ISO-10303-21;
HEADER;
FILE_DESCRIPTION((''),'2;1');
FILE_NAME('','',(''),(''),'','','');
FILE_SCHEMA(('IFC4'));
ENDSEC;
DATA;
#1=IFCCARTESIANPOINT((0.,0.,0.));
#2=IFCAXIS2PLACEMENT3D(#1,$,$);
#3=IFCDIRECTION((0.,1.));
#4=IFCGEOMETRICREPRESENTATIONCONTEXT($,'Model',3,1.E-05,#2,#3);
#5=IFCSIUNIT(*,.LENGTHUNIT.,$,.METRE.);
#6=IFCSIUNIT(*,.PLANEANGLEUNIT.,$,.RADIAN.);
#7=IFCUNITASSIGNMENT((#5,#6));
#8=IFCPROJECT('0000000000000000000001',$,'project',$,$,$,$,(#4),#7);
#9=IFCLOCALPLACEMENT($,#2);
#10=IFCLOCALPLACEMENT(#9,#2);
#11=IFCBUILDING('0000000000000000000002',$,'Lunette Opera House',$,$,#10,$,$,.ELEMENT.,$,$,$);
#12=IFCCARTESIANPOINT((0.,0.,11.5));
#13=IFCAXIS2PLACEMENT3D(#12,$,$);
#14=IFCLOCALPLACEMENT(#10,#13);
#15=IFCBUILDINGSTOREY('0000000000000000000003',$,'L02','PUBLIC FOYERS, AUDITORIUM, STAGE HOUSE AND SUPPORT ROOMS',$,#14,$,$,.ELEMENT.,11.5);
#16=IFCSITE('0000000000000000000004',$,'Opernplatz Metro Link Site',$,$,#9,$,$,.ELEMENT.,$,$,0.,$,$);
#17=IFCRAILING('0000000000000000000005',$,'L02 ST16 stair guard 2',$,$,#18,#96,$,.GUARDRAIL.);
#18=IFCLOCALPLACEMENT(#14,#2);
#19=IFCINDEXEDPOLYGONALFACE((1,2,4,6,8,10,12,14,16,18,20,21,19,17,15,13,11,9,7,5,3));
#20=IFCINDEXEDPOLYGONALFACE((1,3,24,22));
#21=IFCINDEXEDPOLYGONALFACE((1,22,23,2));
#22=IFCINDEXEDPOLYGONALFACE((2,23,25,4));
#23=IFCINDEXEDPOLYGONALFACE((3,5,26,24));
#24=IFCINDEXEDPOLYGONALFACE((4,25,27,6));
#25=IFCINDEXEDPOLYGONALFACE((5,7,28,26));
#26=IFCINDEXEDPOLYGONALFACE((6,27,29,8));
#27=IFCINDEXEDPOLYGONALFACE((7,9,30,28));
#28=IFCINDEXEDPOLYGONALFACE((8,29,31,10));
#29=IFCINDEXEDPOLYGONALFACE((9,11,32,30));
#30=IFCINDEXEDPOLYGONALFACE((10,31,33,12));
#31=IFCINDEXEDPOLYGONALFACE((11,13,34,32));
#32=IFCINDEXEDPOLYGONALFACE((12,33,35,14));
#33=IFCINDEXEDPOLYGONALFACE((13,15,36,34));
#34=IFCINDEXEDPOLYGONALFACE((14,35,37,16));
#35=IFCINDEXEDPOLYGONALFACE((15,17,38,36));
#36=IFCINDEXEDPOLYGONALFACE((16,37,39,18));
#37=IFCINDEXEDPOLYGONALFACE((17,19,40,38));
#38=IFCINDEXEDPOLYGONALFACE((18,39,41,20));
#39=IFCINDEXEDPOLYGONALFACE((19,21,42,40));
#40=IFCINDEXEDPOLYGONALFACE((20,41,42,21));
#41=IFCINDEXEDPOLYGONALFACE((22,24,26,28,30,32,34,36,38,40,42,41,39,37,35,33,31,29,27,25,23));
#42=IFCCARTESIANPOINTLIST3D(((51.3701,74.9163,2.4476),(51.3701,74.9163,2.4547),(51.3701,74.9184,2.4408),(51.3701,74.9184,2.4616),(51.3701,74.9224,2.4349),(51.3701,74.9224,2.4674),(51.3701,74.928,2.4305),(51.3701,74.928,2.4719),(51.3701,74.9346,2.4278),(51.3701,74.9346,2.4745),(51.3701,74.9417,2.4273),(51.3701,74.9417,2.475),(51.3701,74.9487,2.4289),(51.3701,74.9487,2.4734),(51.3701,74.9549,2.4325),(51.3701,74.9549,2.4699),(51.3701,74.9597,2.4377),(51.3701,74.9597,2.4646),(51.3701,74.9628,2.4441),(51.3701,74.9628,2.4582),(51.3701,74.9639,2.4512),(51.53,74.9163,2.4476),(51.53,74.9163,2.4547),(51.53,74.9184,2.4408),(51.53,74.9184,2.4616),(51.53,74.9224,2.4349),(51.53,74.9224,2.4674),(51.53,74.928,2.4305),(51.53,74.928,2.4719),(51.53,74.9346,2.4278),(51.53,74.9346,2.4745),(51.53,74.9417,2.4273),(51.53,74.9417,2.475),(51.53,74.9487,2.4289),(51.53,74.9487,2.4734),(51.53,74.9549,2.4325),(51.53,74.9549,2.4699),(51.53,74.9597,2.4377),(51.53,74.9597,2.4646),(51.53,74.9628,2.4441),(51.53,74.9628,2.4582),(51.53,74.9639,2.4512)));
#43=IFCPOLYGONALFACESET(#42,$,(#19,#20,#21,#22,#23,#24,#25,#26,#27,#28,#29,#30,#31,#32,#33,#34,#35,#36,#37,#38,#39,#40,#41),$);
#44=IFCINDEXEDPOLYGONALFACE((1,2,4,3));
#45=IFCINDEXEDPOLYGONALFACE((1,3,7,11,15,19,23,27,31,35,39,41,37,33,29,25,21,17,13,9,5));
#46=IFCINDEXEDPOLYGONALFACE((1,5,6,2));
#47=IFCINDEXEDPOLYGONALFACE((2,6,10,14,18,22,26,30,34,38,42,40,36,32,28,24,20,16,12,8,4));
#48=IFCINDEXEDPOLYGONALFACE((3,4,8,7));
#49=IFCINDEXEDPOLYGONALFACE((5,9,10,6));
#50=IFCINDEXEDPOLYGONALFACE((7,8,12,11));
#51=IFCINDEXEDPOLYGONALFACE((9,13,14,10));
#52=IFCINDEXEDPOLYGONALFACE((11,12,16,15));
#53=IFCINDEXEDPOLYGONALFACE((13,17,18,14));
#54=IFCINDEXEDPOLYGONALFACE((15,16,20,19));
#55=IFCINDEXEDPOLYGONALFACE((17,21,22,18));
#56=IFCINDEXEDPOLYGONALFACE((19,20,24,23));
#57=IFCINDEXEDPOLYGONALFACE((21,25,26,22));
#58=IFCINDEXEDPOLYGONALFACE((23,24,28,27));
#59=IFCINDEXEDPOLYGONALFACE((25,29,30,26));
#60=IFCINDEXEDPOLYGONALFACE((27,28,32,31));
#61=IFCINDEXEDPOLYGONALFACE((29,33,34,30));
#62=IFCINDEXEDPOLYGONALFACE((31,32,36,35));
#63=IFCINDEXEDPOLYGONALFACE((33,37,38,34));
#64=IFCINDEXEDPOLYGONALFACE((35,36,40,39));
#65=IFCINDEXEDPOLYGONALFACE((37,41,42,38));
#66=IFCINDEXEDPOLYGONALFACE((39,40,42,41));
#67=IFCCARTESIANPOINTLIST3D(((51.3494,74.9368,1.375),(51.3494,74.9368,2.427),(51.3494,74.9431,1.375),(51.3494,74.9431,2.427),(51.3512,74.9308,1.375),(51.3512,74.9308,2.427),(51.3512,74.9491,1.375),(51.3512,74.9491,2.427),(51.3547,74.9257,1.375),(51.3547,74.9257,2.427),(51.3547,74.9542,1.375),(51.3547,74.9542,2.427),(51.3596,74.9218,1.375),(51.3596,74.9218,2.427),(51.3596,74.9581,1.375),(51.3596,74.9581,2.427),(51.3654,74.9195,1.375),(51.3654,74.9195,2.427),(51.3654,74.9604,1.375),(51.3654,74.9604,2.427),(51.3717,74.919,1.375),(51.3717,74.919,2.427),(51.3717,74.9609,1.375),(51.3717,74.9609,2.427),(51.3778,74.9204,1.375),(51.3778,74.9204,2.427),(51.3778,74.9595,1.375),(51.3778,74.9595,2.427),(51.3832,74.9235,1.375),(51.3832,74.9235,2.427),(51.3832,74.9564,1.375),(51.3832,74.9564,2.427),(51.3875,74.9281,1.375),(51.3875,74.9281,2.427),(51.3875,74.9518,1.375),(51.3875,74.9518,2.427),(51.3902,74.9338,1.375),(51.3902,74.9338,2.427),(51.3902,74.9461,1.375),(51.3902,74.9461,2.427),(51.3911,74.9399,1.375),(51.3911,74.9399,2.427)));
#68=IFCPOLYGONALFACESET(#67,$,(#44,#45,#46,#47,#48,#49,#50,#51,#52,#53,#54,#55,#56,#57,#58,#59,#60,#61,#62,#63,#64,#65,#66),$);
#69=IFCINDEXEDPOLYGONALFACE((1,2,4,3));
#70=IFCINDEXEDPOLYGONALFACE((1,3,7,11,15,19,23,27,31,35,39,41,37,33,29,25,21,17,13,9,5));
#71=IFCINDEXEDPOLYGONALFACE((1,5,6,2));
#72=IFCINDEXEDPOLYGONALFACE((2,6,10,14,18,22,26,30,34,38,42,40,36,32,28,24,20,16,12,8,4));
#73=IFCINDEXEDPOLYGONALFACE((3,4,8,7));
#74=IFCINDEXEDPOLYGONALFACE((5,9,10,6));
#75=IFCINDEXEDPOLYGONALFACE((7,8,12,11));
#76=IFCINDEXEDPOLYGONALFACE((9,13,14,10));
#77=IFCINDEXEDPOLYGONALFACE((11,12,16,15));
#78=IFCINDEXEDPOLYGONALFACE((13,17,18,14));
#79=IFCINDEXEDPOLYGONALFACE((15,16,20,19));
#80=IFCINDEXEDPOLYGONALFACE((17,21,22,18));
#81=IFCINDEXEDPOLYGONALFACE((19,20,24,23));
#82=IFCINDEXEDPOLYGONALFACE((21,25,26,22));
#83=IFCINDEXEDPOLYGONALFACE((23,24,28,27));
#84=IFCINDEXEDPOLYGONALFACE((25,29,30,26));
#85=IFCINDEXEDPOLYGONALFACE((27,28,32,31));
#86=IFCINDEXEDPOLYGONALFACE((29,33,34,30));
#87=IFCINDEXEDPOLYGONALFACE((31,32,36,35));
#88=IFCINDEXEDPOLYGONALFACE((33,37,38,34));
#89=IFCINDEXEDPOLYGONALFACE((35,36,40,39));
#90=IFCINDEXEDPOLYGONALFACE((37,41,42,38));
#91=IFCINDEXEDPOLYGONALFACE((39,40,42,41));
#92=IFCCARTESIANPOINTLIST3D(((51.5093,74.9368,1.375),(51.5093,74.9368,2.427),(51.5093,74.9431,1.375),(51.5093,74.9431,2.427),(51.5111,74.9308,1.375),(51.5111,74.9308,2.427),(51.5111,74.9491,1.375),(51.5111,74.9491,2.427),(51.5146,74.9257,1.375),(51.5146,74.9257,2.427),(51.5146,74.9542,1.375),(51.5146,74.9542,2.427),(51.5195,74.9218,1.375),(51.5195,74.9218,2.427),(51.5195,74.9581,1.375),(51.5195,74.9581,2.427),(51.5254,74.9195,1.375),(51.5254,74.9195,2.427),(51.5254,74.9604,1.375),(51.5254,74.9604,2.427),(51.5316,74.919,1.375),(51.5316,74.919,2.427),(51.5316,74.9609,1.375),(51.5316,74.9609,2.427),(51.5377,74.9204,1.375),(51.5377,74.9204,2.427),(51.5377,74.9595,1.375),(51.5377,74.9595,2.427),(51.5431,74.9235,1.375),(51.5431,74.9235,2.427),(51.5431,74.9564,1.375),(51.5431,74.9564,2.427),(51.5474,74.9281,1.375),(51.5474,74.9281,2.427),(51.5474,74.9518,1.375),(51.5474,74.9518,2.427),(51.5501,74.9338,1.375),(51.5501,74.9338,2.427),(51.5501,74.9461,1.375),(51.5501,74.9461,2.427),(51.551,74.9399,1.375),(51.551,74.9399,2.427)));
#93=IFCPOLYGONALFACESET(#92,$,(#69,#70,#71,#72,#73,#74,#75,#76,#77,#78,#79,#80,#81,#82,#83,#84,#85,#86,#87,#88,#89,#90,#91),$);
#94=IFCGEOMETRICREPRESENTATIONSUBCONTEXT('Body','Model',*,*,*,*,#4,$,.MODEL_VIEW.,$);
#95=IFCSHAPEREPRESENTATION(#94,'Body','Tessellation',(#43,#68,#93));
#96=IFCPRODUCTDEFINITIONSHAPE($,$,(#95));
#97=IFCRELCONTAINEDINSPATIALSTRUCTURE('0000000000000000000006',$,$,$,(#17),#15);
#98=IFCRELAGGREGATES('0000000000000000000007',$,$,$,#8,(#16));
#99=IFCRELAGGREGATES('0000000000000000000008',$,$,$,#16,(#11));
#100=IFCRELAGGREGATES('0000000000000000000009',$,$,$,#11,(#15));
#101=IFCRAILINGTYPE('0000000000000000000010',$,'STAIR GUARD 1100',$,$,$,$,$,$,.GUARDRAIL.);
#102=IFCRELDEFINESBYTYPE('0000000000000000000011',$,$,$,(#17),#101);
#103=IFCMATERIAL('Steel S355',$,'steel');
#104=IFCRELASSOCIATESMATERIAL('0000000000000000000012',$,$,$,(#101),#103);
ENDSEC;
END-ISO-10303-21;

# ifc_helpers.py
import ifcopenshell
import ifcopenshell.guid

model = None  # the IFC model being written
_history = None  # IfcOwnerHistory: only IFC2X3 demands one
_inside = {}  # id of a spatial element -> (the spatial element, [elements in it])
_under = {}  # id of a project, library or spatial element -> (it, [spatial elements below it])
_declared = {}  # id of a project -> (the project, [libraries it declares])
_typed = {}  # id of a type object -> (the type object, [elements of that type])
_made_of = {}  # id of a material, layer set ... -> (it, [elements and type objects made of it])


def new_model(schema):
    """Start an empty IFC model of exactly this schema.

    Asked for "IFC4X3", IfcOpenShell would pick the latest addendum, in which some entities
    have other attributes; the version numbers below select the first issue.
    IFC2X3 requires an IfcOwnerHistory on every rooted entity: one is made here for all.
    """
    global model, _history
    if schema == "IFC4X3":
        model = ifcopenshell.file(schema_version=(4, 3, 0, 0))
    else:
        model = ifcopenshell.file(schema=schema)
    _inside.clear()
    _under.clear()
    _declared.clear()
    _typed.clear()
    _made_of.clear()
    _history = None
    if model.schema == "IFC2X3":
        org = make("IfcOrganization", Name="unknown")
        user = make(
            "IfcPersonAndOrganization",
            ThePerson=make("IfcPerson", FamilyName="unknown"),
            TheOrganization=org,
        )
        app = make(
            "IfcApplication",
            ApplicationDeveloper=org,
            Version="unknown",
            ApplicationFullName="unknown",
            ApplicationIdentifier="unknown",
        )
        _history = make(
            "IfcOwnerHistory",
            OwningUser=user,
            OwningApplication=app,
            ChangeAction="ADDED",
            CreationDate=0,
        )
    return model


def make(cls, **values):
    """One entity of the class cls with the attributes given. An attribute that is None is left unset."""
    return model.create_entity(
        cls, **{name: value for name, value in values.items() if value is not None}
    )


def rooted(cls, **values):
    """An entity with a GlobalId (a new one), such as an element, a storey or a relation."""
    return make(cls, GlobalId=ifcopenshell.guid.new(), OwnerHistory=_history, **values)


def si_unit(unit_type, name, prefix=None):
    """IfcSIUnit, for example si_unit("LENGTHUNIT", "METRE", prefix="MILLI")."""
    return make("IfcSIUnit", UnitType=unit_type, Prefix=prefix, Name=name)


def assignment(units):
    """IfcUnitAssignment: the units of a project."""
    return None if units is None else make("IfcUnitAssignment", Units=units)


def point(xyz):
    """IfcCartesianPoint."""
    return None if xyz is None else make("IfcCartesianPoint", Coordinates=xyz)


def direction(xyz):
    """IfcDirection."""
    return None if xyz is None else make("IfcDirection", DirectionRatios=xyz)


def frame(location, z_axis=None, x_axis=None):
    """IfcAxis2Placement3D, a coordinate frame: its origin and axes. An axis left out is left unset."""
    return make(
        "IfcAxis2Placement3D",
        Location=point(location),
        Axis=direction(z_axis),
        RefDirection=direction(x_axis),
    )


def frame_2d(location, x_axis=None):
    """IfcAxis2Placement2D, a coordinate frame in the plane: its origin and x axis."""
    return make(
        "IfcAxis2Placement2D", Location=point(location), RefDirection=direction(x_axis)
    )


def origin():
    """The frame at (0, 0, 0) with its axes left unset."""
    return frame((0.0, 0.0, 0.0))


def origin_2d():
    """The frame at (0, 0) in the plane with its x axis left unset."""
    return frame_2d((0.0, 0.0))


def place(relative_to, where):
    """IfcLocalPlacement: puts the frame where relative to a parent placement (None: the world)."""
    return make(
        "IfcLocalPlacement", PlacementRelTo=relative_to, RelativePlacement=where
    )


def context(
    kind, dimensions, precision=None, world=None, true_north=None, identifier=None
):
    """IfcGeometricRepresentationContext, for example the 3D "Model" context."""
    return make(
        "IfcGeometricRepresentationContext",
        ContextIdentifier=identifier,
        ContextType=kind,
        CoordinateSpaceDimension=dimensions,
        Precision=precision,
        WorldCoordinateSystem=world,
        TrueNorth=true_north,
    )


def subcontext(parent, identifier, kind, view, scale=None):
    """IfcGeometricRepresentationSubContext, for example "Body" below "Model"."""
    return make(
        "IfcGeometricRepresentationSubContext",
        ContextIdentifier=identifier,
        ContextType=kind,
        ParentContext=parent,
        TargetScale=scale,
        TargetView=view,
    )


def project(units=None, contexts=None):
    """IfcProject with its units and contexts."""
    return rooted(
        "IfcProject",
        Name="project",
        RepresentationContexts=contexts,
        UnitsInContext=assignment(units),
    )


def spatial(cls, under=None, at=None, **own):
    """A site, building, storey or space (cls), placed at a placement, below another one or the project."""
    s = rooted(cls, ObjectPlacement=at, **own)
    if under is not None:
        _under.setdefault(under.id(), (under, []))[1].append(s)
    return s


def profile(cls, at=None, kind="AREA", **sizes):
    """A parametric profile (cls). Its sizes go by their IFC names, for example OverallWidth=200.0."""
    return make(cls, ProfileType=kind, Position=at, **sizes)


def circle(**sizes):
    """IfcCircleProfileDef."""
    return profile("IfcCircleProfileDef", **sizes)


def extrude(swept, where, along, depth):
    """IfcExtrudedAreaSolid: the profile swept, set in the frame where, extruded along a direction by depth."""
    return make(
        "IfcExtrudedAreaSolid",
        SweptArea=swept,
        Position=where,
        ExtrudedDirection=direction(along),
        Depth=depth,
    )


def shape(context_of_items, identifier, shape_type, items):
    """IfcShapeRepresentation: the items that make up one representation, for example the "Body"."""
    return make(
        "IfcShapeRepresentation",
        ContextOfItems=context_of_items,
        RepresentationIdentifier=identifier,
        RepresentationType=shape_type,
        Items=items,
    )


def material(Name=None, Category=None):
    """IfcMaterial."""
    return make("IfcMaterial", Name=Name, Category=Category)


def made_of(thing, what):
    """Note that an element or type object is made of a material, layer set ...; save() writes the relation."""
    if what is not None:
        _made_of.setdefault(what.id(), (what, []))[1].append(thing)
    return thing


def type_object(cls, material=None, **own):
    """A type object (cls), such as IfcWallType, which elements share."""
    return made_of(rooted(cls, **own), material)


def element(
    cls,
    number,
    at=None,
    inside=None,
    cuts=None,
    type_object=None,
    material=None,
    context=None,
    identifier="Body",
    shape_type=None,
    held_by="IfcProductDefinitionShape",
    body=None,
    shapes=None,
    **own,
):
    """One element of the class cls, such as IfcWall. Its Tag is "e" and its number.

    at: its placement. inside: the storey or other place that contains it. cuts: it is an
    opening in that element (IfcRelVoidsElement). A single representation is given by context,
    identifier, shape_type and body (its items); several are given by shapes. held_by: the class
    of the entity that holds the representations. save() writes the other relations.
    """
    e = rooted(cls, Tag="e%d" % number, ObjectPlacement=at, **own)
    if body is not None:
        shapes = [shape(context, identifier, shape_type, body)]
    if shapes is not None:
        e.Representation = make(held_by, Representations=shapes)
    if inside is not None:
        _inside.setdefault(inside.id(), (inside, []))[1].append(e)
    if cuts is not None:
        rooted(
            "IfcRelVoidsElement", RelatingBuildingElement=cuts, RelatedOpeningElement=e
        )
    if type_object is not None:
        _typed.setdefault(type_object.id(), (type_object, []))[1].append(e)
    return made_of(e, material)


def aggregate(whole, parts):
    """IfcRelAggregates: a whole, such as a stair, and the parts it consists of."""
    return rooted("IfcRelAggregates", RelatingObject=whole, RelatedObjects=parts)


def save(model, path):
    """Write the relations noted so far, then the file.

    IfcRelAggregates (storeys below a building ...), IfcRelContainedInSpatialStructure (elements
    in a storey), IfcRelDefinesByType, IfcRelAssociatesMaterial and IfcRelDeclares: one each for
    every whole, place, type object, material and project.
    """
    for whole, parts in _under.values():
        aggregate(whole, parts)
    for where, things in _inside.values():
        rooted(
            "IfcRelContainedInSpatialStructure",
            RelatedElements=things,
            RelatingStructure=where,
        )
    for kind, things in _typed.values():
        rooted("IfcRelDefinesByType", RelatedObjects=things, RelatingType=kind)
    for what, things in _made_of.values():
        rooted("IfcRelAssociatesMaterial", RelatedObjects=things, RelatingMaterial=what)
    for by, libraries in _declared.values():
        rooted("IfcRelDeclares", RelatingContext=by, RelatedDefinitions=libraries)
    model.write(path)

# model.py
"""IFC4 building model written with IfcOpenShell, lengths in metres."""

from ifc_helpers import new_model, si_unit, direction, frame, origin, origin_2d, place, context, subcontext, project, spatial, circle, extrude, material, type_object, element, save


model = new_model("IFC4")

# Units and contexts
model_context = context("Model", 3, precision=1e-05, world=origin(), true_north=direction((0.0, 1.0)))
body_context = subcontext(model_context, "Body", "Model", "MODEL_VIEW")
ifc_project = project(units=[si_unit("LENGTHUNIT", "METRE"), si_unit("PLANEANGLEUNIT", "RADIAN")], contexts=[model_context])

# Site, building, storey
site_placement = place(None, origin())
site = spatial("IfcSite", under=ifc_project, at=site_placement, Name="Opernplatz Metro Link Site", CompositionType="ELEMENT", RefElevation=0.0)
building_placement = place(site_placement, origin())
building = spatial("IfcBuilding", under=site, at=building_placement, Name="Lunette Opera House", CompositionType="ELEMENT")
storey_placement = place(building_placement, frame((0.0, 0.0, 11.5)))
storey = spatial("IfcBuildingStorey", under=building, at=storey_placement, Name="L02", Description="PUBLIC FOYERS, AUDITORIUM, STAGE HOUSE AND SUPPORT ROOMS", CompositionType="ELEMENT", Elevation=11.5)

# Railing
ifc_material_1 = material(Name="Steel S355", Category="steel")
railing_type_1 = type_object("IfcRailingType", Name="STAIR GUARD 1100", PredefinedType="GUARDRAIL", material=ifc_material_1)
railing_1_placement = place(storey_placement, frame((51.3701, 74.9399, 1.375)))
element("IfcRailing", 1, at=railing_1_placement, inside=storey, type_object=railing_type_1, Name="L02 ST16 stair guard 2", PredefinedType="GUARDRAIL", context=body_context, shape_type="SweptSolid", body=[
    extrude(circle(Radius=0.0239, at=origin_2d()), frame((0.0, 0.0, 1.0762), z_axis=(1.0, 0.0, 0.0), x_axis=(0.0, 1.0, 0.0)), (0.0, 0.0, 1.0), 0.1599),
    extrude(circle(Radius=0.021, at=origin_2d()), origin(), (0.0, 0.0, 1.0), 1.052),
    extrude(circle(Radius=0.021, at=origin_2d()), frame((0.1599, 0.0, 0.0)), (0.0, 0.0, 1.0), 1.052),
])

save(model, "model.ifc")
